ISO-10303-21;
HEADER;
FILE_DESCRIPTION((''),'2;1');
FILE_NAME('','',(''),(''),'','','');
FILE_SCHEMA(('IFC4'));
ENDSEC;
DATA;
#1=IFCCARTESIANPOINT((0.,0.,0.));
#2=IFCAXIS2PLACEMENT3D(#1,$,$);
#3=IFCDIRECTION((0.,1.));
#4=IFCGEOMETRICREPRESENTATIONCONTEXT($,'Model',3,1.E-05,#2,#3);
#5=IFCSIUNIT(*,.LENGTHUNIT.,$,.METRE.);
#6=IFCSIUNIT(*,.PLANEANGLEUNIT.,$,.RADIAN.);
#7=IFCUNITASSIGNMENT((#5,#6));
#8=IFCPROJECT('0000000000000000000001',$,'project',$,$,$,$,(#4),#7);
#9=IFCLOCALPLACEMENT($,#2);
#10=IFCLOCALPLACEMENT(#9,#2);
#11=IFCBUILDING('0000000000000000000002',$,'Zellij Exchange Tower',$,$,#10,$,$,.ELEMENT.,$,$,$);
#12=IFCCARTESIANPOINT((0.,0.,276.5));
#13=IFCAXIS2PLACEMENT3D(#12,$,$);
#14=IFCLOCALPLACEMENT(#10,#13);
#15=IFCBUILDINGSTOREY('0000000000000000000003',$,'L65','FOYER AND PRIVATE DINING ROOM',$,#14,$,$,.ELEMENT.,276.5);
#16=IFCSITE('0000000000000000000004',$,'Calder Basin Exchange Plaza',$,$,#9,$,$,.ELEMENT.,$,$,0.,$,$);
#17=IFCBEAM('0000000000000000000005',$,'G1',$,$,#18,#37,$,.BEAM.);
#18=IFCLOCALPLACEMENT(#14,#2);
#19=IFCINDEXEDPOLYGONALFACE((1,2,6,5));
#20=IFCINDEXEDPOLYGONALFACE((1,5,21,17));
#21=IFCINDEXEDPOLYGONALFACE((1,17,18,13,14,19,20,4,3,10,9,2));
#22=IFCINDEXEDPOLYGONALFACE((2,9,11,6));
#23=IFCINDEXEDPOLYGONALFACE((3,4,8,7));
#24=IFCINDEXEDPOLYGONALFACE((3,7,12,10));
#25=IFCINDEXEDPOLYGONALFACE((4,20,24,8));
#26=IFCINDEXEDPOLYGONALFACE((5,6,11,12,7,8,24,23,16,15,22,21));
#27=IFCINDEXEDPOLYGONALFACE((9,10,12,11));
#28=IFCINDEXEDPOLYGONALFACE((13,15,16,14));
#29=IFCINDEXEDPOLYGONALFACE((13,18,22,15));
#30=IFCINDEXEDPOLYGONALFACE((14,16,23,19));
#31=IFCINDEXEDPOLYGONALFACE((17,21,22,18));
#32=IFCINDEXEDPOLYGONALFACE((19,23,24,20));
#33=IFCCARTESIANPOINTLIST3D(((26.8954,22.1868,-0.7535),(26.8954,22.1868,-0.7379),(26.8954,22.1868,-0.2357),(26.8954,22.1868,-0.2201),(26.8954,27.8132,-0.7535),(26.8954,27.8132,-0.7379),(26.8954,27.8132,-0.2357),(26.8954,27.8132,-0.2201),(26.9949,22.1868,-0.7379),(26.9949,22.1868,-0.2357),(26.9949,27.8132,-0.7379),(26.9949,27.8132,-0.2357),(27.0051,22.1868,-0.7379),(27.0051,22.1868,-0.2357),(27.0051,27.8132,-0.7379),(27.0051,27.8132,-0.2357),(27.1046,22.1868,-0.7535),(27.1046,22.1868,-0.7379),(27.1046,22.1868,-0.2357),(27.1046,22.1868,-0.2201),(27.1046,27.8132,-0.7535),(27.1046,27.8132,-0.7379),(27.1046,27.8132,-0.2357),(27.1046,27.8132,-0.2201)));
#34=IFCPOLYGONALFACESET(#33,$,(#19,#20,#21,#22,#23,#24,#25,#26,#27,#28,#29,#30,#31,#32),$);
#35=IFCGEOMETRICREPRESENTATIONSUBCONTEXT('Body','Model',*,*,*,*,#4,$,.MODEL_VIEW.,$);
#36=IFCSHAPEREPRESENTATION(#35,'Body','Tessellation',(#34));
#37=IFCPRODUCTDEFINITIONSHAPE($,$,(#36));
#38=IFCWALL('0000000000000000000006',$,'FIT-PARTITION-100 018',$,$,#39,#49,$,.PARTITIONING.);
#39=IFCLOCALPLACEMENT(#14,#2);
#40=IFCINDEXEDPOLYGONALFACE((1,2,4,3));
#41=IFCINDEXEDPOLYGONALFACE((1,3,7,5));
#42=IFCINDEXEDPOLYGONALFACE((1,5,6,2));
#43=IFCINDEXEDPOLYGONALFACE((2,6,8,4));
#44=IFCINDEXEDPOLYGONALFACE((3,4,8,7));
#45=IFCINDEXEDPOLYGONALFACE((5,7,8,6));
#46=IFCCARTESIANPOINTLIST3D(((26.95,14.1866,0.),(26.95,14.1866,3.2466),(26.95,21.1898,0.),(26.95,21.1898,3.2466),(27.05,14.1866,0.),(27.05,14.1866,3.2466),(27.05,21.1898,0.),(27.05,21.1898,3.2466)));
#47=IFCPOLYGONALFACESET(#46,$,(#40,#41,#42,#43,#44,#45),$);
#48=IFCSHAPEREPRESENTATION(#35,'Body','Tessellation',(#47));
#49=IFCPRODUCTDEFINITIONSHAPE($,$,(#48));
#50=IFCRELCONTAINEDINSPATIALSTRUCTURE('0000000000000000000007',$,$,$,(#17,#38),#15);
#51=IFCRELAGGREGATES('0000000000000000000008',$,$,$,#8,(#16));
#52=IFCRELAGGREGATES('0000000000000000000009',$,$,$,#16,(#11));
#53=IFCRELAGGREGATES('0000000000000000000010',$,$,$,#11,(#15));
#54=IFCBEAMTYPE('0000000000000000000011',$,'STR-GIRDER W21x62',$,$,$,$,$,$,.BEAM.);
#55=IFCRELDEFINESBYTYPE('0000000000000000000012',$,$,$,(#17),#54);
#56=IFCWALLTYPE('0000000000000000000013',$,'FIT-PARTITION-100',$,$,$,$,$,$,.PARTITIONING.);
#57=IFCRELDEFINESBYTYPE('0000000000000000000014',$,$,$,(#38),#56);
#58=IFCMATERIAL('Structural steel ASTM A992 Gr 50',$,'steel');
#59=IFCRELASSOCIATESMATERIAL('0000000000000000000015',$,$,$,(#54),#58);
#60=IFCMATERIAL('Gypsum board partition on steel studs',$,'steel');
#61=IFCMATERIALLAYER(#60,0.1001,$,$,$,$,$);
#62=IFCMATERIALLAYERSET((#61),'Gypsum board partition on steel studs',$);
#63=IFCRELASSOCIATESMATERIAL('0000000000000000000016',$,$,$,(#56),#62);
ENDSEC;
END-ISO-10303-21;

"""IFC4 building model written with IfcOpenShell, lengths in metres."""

from ifc_helpers import new_model, si_unit, direction, frame, frame_2d, origin, origin_2d, place, context, subcontext, project, spatial, rectangle, i_section, extrude, material, layer, layer_set, material_profile, profile_set, type_object, element, save


model = new_model("IFC4")

# Units and contexts
model_context = context("Model", 3, precision=1e-05, world=origin(), true_north=direction((0.0, 1.0)))
body_context = subcontext(model_context, "Body", "Model", "MODEL_VIEW")
ifc_project = project(units=[si_unit("LENGTHUNIT", "METRE"), si_unit("PLANEANGLEUNIT", "RADIAN")], contexts=[model_context])

# Site, building, storey
site_placement = place(None, origin())
site = spatial("IfcSite", under=ifc_project, at=site_placement, Name="Calder Basin Exchange Plaza", CompositionType="ELEMENT", RefElevation=0.0)
building_placement = place(site_placement, origin())
building = spatial("IfcBuilding", under=site, at=building_placement, Name="Zellij Exchange Tower", CompositionType="ELEMENT")
storey_placement = place(building_placement, frame((0.0, 0.0, 276.5)))
storey = spatial("IfcBuildingStorey", under=building, at=storey_placement, Name="L65", Description="FOYER AND PRIVATE DINING ROOM", CompositionType="ELEMENT", Elevation=276.5)

# Shared definitions
ifc_material_1 = material(Name="Structural steel ASTM A992 Gr 50", Category="steel")

# Beam
ifc_material_profile_1 = material_profile(ifc_material_1, i_section(OverallWidth=0.2092, OverallDepth=0.5334, WebThickness=0.0103, FlangeThickness=0.0156, at=origin_2d()), Name="W21x62")
ifc_profile_set_1 = profile_set([ifc_material_profile_1], Name="Structural steel ASTM A992 Gr 50")
beam_type_1 = type_object("IfcBeamType", Name="STR-GIRDER W21x62", PredefinedType="BEAM", material=ifc_profile_set_1)
beam_1_placement = place(storey_placement, frame((27.0, 22.1868, -0.4868), z_axis=(0.0, 1.0, 0.0), x_axis=(-1.0, 0.0, 0.0)))
element("IfcBeam", 1, at=beam_1_placement, inside=storey, type_object=beam_type_1, Name="G1", PredefinedType="BEAM", context=body_context, shape_type="SweptSolid", body=[
    extrude(i_section(OverallWidth=0.2092, OverallDepth=0.5334, WebThickness=0.0103, FlangeThickness=0.0156, at=origin_2d()), origin(), (0.0, 0.0, 1.0), 5.6265),
])

# Wall
ifc_material_2 = material(Name="Gypsum board partition on steel studs", Category="steel")
ifc_layer = layer(ifc_material_2, 0.1001)
ifc_layer_set = layer_set([ifc_layer], Name="Gypsum board partition on steel studs")
wall_type = type_object("IfcWallType", Name="FIT-PARTITION-100", PredefinedType="PARTITIONING", material=ifc_layer_set)
wall_placement = place(storey_placement, frame((27.0, 14.1868, 0.0), z_axis=(0.0, 0.0, 1.0), x_axis=(0.0, 1.0, 0.0)))
element("IfcWall", 2, at=wall_placement, inside=storey, type_object=wall_type, Name="FIT-PARTITION-100 018", PredefinedType="PARTITIONING", context=body_context, shape_type="SweptSolid", body=[
    extrude(rectangle(XDim=7.0032, YDim=0.1001, at=frame_2d((3.5015, 0.0))), origin(), (0.0, 0.0, 1.0), 3.2466),
])

save(model, "model.ifc")
